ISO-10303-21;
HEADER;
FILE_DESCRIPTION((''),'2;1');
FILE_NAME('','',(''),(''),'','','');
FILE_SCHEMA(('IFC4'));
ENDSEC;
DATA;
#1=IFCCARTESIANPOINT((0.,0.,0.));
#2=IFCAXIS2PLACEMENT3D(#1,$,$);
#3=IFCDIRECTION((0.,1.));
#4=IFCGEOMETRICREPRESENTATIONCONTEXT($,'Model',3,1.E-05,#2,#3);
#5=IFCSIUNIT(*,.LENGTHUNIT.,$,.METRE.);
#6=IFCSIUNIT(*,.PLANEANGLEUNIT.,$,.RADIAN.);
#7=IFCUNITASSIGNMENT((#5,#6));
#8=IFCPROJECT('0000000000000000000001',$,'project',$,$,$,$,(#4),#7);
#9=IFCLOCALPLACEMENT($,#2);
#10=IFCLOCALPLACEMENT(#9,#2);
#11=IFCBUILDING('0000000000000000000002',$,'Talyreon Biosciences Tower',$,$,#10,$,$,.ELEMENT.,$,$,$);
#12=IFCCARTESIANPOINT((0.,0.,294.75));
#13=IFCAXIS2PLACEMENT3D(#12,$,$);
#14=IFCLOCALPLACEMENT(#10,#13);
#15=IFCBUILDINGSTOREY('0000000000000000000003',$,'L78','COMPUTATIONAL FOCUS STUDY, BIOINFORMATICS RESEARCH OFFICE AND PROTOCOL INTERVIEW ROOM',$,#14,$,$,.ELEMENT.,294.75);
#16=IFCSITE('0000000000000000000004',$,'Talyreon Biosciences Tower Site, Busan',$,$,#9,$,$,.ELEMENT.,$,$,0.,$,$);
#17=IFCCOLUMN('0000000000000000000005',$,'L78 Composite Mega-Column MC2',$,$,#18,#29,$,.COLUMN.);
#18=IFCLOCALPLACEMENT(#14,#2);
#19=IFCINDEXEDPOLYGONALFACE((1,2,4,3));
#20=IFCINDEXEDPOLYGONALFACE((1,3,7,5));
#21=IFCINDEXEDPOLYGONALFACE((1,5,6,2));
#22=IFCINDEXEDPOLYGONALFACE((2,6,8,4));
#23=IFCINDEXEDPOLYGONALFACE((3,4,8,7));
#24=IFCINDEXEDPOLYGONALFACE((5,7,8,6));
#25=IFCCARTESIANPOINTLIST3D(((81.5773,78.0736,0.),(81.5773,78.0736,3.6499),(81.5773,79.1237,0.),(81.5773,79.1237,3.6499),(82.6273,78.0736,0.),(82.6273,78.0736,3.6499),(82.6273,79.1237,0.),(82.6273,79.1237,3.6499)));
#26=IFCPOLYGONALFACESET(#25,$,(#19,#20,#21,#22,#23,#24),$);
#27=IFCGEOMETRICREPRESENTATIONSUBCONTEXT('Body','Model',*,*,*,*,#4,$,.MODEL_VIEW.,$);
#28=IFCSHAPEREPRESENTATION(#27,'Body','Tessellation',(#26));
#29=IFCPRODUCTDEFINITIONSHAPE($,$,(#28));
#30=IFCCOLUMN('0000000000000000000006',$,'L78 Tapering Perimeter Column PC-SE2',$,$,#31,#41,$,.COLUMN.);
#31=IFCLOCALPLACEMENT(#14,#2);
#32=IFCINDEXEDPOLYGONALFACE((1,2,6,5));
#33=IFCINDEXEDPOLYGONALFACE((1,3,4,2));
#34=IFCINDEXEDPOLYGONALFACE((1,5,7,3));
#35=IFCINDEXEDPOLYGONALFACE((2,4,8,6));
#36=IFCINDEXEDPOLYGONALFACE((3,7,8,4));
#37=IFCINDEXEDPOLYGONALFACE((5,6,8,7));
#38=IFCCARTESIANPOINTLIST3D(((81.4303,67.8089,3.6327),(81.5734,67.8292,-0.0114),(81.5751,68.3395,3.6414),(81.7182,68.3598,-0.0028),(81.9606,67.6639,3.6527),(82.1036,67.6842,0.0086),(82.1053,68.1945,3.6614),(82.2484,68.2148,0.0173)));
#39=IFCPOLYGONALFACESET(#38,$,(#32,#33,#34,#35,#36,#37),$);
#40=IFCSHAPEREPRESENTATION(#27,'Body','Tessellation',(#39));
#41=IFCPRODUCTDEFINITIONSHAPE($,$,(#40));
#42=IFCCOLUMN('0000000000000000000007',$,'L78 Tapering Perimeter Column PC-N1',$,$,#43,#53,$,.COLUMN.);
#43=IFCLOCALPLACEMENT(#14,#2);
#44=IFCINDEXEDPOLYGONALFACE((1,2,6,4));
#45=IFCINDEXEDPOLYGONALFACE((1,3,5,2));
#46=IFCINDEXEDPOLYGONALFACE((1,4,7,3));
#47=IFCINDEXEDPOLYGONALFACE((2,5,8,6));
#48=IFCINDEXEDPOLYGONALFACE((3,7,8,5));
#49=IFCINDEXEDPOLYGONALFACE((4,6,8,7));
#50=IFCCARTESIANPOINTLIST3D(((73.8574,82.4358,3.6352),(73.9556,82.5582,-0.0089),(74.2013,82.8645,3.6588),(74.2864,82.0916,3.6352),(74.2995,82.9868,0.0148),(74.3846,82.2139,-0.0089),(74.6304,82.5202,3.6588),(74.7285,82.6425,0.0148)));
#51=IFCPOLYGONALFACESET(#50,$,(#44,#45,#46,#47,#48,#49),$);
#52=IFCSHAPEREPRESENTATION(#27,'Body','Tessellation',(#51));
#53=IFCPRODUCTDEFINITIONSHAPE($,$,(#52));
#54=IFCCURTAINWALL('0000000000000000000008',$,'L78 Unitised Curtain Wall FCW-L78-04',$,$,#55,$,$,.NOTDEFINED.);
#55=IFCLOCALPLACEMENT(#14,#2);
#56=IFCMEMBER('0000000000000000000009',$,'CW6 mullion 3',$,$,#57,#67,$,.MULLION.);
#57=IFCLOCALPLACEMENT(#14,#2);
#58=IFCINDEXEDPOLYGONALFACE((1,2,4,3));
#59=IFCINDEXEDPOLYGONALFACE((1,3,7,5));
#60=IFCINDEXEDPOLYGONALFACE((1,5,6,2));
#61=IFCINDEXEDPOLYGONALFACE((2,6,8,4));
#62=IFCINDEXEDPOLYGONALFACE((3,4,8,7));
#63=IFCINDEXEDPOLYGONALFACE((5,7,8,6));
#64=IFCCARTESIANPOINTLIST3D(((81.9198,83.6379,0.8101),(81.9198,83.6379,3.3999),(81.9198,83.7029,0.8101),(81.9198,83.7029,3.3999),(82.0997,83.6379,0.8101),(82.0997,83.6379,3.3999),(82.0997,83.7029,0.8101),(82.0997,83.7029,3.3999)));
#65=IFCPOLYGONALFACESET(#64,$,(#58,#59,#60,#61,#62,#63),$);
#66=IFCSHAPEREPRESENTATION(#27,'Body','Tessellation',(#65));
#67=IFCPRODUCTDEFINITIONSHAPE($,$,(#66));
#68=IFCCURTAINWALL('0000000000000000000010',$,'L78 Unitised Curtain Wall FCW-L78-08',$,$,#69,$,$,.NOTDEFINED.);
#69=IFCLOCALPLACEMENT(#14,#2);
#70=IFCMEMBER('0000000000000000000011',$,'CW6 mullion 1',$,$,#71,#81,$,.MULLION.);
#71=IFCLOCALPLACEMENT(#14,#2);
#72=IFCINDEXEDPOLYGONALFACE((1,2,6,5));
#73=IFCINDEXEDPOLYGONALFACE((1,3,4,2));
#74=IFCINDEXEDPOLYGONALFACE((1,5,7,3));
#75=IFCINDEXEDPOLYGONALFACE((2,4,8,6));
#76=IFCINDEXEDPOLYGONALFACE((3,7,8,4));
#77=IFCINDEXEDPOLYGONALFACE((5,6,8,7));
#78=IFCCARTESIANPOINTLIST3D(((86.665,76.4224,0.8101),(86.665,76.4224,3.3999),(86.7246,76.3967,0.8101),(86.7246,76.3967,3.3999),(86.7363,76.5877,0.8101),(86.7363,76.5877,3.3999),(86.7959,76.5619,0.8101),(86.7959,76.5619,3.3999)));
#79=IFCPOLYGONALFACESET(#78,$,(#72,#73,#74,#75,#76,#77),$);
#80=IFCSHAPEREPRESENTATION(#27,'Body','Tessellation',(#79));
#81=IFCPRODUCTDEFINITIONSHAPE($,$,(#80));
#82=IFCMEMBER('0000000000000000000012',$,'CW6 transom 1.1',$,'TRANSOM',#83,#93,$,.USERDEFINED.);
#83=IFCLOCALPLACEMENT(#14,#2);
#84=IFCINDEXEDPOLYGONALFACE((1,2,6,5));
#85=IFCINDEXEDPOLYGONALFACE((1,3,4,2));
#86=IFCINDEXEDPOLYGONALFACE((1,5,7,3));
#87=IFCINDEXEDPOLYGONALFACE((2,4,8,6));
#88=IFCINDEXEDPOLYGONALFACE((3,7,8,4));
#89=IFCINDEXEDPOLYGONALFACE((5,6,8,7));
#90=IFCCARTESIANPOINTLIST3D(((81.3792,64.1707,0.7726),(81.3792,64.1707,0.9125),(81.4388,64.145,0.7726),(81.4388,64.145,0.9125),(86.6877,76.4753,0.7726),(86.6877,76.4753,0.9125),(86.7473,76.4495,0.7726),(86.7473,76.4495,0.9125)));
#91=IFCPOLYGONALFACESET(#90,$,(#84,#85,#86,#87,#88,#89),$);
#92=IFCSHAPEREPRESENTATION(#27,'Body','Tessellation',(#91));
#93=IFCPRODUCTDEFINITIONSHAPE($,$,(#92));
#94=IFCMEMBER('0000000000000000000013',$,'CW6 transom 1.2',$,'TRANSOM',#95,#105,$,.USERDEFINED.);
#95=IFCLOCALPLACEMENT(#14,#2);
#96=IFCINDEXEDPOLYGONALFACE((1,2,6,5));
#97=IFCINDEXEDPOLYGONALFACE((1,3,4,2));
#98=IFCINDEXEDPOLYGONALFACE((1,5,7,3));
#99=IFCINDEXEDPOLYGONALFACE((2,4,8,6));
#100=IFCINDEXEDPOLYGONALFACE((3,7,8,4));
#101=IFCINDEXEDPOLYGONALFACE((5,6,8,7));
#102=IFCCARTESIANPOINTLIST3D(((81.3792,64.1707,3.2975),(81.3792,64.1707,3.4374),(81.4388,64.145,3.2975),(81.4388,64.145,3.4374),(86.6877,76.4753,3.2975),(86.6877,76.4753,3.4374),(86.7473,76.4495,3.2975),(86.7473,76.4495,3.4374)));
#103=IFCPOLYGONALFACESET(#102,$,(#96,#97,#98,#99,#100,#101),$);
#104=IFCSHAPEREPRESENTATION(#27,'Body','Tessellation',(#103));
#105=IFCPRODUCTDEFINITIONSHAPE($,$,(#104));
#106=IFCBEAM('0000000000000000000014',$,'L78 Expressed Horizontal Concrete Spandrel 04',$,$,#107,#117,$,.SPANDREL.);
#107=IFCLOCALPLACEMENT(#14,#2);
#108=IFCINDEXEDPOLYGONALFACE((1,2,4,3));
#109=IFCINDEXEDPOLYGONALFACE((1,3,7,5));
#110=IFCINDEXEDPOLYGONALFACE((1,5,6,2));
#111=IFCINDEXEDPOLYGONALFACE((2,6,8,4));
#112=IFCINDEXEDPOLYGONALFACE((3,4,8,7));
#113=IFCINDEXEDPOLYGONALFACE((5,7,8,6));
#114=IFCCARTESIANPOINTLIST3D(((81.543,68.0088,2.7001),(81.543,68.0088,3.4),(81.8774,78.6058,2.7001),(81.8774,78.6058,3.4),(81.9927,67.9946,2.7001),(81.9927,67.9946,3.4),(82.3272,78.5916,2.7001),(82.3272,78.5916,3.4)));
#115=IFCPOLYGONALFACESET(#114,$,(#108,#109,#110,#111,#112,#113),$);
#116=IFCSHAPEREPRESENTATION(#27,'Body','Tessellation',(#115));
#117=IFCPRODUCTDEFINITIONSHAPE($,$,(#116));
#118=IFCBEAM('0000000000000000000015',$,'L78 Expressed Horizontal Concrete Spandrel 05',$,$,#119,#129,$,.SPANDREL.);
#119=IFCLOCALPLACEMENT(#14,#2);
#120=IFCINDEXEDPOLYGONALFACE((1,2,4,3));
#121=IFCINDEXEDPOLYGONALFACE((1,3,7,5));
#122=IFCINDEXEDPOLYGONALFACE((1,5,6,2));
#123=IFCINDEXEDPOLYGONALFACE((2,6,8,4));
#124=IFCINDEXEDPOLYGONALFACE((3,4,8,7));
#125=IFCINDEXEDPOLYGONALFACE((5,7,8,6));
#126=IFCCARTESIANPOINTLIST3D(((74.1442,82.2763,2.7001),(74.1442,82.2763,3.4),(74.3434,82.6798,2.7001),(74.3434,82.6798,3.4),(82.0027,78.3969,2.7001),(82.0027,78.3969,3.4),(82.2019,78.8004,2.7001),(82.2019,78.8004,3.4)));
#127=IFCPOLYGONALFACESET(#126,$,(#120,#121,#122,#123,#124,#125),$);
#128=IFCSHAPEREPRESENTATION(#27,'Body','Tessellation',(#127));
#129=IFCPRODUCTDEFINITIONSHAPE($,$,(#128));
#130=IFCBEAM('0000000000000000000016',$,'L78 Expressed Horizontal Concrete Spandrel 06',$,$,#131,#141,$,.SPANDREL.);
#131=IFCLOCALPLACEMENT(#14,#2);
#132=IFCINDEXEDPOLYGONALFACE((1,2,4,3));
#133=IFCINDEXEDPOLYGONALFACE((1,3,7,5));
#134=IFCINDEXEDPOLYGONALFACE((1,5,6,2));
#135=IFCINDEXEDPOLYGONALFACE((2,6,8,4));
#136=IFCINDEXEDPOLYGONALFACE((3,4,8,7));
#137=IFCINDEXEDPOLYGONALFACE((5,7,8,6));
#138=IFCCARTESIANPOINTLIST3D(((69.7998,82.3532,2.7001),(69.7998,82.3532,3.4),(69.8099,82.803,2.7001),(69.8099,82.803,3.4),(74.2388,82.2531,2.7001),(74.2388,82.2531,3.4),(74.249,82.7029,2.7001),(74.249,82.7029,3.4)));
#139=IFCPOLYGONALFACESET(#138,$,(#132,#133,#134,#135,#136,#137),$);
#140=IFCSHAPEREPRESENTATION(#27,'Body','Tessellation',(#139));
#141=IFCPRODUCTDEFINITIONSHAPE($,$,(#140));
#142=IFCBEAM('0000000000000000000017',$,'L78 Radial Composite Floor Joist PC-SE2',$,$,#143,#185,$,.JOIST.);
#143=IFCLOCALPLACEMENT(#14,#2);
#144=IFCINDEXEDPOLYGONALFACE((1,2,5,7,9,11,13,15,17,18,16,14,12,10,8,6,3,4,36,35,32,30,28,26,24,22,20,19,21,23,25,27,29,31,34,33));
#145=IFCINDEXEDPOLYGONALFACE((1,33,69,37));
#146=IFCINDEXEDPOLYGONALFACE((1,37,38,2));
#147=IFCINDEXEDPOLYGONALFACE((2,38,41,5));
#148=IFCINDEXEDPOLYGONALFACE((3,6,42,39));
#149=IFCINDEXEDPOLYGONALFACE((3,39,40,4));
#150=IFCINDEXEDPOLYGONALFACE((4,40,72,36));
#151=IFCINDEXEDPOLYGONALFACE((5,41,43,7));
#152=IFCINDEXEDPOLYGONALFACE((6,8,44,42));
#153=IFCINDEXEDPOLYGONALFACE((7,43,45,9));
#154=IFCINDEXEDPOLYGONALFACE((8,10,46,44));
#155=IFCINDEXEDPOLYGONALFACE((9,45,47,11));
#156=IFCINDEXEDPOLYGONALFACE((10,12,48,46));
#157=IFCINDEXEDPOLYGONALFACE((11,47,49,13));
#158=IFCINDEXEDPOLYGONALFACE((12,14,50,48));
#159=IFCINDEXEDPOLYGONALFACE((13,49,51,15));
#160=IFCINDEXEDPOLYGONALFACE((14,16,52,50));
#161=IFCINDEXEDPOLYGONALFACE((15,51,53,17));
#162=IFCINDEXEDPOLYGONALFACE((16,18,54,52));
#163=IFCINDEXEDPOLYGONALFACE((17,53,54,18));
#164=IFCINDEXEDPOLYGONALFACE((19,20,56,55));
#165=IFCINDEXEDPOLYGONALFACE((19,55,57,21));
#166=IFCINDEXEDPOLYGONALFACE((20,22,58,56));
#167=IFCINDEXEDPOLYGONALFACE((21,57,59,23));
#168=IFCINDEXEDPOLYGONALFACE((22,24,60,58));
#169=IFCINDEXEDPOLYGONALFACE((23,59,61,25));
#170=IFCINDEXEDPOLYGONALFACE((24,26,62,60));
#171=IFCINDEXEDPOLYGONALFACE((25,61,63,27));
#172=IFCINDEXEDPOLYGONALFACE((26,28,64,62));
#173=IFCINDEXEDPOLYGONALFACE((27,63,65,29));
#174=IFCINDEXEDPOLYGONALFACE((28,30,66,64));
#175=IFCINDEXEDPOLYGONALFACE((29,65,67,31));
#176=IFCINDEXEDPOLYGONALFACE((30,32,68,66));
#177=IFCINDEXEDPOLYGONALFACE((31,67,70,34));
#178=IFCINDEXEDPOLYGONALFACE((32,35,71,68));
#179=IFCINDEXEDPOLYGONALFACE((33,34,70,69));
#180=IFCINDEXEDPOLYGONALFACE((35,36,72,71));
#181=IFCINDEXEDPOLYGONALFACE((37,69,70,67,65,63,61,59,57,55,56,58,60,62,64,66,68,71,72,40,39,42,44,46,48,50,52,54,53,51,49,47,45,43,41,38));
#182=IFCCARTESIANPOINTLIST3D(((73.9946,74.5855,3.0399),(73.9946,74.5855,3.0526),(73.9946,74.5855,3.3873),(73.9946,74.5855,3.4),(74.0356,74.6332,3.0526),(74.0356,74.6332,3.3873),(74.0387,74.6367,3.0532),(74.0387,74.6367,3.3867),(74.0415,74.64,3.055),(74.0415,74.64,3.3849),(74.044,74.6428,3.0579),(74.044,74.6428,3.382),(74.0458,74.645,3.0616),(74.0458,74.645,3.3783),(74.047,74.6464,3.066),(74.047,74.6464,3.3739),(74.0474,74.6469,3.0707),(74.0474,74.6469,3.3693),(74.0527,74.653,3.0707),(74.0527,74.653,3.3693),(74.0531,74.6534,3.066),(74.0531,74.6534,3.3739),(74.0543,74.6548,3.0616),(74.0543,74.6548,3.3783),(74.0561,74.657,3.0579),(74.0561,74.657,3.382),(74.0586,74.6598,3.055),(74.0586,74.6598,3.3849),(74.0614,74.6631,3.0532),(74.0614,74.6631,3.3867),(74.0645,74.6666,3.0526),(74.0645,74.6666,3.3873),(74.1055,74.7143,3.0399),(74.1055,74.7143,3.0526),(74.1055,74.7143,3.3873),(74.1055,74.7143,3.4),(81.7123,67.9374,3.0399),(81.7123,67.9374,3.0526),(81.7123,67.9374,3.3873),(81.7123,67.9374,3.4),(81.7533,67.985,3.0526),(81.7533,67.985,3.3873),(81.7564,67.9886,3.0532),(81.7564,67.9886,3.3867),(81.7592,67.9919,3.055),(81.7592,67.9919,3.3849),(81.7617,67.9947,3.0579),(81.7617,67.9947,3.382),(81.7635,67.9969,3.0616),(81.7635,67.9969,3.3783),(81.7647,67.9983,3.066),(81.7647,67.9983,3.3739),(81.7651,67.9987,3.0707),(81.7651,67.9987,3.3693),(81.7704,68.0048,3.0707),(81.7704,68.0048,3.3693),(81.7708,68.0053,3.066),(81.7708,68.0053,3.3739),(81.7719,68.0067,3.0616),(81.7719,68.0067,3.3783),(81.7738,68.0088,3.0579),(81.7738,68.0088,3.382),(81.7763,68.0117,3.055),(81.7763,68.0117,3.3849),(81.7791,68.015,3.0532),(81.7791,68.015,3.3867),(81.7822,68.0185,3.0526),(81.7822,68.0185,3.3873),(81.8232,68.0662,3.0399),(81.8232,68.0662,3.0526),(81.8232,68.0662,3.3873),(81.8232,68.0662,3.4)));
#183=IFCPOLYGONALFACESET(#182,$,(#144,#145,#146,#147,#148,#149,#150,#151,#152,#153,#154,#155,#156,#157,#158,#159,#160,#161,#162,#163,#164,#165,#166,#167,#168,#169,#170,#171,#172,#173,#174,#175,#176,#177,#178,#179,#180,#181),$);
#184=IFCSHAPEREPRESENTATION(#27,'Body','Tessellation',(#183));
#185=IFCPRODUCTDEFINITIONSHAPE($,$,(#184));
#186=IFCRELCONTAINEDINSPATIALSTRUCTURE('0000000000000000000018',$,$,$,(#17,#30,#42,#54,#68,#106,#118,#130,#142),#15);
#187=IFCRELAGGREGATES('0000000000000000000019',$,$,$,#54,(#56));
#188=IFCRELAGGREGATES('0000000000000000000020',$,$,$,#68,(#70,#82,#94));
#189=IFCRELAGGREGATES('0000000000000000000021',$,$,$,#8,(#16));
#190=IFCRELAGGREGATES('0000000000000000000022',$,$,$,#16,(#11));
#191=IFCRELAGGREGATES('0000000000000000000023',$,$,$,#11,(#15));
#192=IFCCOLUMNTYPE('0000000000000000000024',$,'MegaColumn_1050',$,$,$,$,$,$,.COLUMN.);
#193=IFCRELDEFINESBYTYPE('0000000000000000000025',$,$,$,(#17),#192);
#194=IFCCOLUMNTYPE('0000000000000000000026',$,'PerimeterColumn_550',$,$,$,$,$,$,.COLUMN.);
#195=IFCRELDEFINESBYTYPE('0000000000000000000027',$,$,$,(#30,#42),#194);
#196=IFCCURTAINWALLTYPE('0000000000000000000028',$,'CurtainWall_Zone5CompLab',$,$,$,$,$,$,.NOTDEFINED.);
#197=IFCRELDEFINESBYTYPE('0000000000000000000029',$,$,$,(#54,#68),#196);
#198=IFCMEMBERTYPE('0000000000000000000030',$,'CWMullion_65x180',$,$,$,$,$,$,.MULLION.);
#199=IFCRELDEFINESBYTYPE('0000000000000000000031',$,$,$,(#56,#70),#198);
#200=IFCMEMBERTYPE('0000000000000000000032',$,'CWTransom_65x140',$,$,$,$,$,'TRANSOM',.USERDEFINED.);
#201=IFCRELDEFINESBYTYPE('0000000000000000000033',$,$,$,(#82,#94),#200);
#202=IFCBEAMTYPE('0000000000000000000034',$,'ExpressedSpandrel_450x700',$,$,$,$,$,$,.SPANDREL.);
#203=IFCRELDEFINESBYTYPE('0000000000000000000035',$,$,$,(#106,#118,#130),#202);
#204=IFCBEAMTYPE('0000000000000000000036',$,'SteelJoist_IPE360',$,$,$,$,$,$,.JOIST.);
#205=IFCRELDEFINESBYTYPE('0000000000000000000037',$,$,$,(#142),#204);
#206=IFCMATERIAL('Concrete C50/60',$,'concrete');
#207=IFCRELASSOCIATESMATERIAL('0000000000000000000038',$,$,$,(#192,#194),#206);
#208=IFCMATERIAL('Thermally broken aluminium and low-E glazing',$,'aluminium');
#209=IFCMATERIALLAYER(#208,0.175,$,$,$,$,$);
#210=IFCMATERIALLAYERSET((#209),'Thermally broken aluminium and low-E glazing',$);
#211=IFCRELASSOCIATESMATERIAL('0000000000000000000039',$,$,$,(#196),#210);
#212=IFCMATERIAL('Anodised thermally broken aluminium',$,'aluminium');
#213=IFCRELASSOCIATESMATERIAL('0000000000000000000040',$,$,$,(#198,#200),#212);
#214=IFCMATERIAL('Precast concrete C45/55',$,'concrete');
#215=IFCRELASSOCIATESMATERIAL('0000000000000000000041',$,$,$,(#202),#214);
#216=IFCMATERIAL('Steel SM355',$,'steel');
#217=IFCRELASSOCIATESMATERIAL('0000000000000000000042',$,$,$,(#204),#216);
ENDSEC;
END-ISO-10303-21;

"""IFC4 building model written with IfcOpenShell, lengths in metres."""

from ifc_helpers import new_model, si_unit, direction, frame, origin, origin_2d, place, context, subcontext, project, spatial, rectangle, i_section, extrude, material, layer, layer_set, material_profile, profile_set, type_object, element, aggregate, save


model = new_model("IFC4")

# Units and contexts
model_context = context("Model", 3, precision=1e-05, world=origin(), true_north=direction((0.0, 1.0)))
body_context = subcontext(model_context, "Body", "Model", "MODEL_VIEW")
ifc_project = project(units=[si_unit("LENGTHUNIT", "METRE"), si_unit("PLANEANGLEUNIT", "RADIAN")], contexts=[model_context])

# Site, building, storey
site_placement = place(None, origin())
site = spatial("IfcSite", under=ifc_project, at=site_placement, Name="Talyreon Biosciences Tower Site, Busan", CompositionType="ELEMENT", RefElevation=0.0)
building_placement = place(site_placement, origin())
building = spatial("IfcBuilding", under=site, at=building_placement, Name="Talyreon Biosciences Tower", CompositionType="ELEMENT")
storey_placement = place(building_placement, frame((0.0, 0.0, 294.75)))
storey = spatial("IfcBuildingStorey", under=building, at=storey_placement, Name="L78", Description="COMPUTATIONAL FOCUS STUDY, BIOINFORMATICS RESEARCH OFFICE AND PROTOCOL INTERVIEW ROOM", CompositionType="ELEMENT", Elevation=294.75)

# Columns
ifc_material_1 = material(Name="Concrete C50/60", Category="concrete")
ifc_material_profile_1 = material_profile(ifc_material_1, rectangle(XDim=1.05, YDim=1.05, at=origin_2d()), Name="RC 1050x1050")
ifc_profile_set_1 = profile_set([ifc_material_profile_1], Name="Concrete C50/60")
column_type_1 = type_object("IfcColumnType", Name="MegaColumn_1050", PredefinedType="COLUMN", material=ifc_profile_set_1)
column_1_placement = place(storey_placement, frame((82.1023, 78.5986, 0.0), z_axis=(0.0, 0.0, 1.0), x_axis=(1.0, 0.0, 0.0)))
element("IfcColumn", 1, at=column_1_placement, inside=storey, type_object=column_type_1, Name="L78 Composite Mega-Column MC2", PredefinedType="COLUMN", context=body_context, shape_type="SweptSolid", body=[
    extrude(rectangle(XDim=1.05, YDim=1.05, at=origin_2d()), origin(), (0.0, 0.0, 1.0), 3.6499),
])
ifc_material_profile_2 = material_profile(ifc_material_1, rectangle(XDim=0.55, YDim=0.55, at=origin_2d()), Name="RC 550x550")
ifc_profile_set_2 = profile_set([ifc_material_profile_2], Name="Concrete C50/60")
column_type_2 = type_object("IfcColumnType", Name="PerimeterColumn_550", PredefinedType="COLUMN", material=ifc_profile_set_2)
column_2_placement = place(storey_placement, frame((81.9109, 68.022, 0.0029), z_axis=(-0.03923, -0.005556, 0.999215), x_axis=(0.963952, -0.263576, 0.036379)))
element("IfcColumn", 2, at=column_2_placement, inside=storey, type_object=column_type_2, Name="L78 Tapering Perimeter Column PC-SE2", PredefinedType="COLUMN", context=body_context, shape_type="SweptSolid", body=[
    extrude(rectangle(XDim=0.55, YDim=0.55, at=origin_2d()), origin(), (0.0, 0.0, 1.0), 3.647),
])
column_3_placement = place(storey_placement, frame((74.342, 82.6003, 0.0029), z_axis=(-0.026908, -0.033535, 0.999075), x_axis=(-0.779957, 0.625834, 0.0)))
element("IfcColumn", 3, at=column_3_placement, inside=storey, type_object=column_type_2, Name="L78 Tapering Perimeter Column PC-N1", PredefinedType="COLUMN", context=body_context, shape_type="SweptSolid", body=[
    extrude(rectangle(XDim=0.55, YDim=0.55, at=origin_2d()), origin(), (0.0, 0.0, 1.0), 3.6475),
])

# Curtain wall, member
ifc_material_2 = material(Name="Thermally broken aluminium and low-E glazing", Category="aluminium")
ifc_layer_1 = layer(ifc_material_2, 0.175)
ifc_layer_set_1 = layer_set([ifc_layer_1], Name="Thermally broken aluminium and low-E glazing")
curtain_wall_type = type_object("IfcCurtainWallType", Name="CurtainWall_Zone5CompLab", PredefinedType="NOTDEFINED", material=ifc_layer_set_1)
curtain_wall_1_placement = place(storey_placement, origin())
curtain_wall_1 = element("IfcCurtainWall", 4, at=curtain_wall_1_placement, inside=storey, type_object=curtain_wall_type, Name="L78 Unitised Curtain Wall FCW-L78-04", PredefinedType="NOTDEFINED")
ifc_material_3 = material(Name="Anodised thermally broken aluminium", Category="aluminium")
ifc_material_profile_3 = material_profile(ifc_material_3, rectangle(XDim=0.0649, YDim=0.1799, at=origin_2d()), Name="ALUM MULLION 65x180")
ifc_profile_set_3 = profile_set([ifc_material_profile_3], Name="Anodised thermally broken aluminium")
member_type_1 = type_object("IfcMemberType", Name="CWMullion_65x180", PredefinedType="MULLION", material=ifc_profile_set_3)
member_1_placement = place(storey_placement, frame((82.0098, 83.6704, 0.8101), z_axis=(0.0, 0.0, 1.0), x_axis=(0.0, 1.0, 0.0)))
member_1 = element("IfcMember", 5, at=member_1_placement, type_object=member_type_1, Name="CW6 mullion 3", PredefinedType="MULLION", context=body_context, shape_type="SweptSolid", body=[
    extrude(rectangle(XDim=0.0649, YDim=0.1799, at=origin_2d()), origin(), (0.0, 0.0, 1.0), 2.5898),
])
aggregate(curtain_wall_1, [member_1])

# Curtain wall, members
curtain_wall_2_placement = place(storey_placement, origin())
curtain_wall_2 = element("IfcCurtainWall", 6, at=curtain_wall_2_placement, inside=storey, type_object=curtain_wall_type, Name="L78 Unitised Curtain Wall FCW-L78-08", PredefinedType="NOTDEFINED")
member_2_placement = place(storey_placement, frame((86.7305, 76.4922, 0.8101), z_axis=(0.0, 0.0, 1.0), x_axis=(0.918187, -0.396147, 0.0)))
member_2 = element("IfcMember", 7, at=member_2_placement, type_object=member_type_1, Name="CW6 mullion 1", PredefinedType="MULLION", context=body_context, shape_type="SweptSolid", body=[
    extrude(rectangle(XDim=0.0649, YDim=0.1799, at=origin_2d()), origin(), (0.0, 0.0, 1.0), 2.5898),
])
ifc_material_profile_4 = material_profile(ifc_material_3, rectangle(XDim=0.0649, YDim=0.1399, at=origin_2d()), Name="ALUM TRANSOM 65x140")
ifc_profile_set_4 = profile_set([ifc_material_profile_4], Name="Anodised thermally broken aluminium")
member_type_2 = type_object("IfcMemberType", Name="CWTransom_65x140", ElementType="TRANSOM", PredefinedType="USERDEFINED", material=ifc_profile_set_4)
member_3_placement = place(storey_placement, frame((86.7175, 76.4624, 0.8425), z_axis=(-0.396134, -0.918193, 0.0), x_axis=(0.918193, -0.396134, 0.0)))
member_3 = element("IfcMember", 8, at=member_3_placement, type_object=member_type_2, Name="CW6 transom 1.1", ObjectType="TRANSOM", PredefinedType="USERDEFINED", context=body_context, shape_type="SweptSolid", body=[
    extrude(rectangle(XDim=0.0649, YDim=0.1399, at=origin_2d()), origin(), (0.0, 0.0, 1.0), 13.4009),
])
member_4_placement = place(storey_placement, frame((86.7175, 76.4624, 3.3674), z_axis=(-0.396134, -0.918193, 0.0), x_axis=(0.918193, -0.396134, 0.0)))
member_4 = element("IfcMember", 9, at=member_4_placement, type_object=member_type_2, Name="CW6 transom 1.2", ObjectType="TRANSOM", PredefinedType="USERDEFINED", context=body_context, shape_type="SweptSolid", body=[
    extrude(rectangle(XDim=0.0649, YDim=0.1399, at=origin_2d()), origin(), (0.0, 0.0, 1.0), 13.4009),
])

# Beams
ifc_material_4 = material(Name="Precast concrete C45/55", Category="concrete")
ifc_material_profile_5 = material_profile(ifc_material_4, rectangle(XDim=0.45, YDim=0.7, at=origin_2d()), Name="RCB 450x700")
ifc_profile_set_5 = profile_set([ifc_material_profile_5], Name="Precast concrete C45/55")
beam_type_1 = type_object("IfcBeamType", Name="ExpressedSpandrel_450x700", PredefinedType="SPANDREL", material=ifc_profile_set_5)
beam_1_placement = place(storey_placement, frame((81.7678, 68.0017, 3.05), z_axis=(0.031547, 0.999502, 0.0), x_axis=(-0.999502, 0.031547, 0.0)))
element("IfcBeam", 10, at=beam_1_placement, inside=storey, type_object=beam_type_1, Name="L78 Expressed Horizontal Concrete Spandrel 04", PredefinedType="SPANDREL", context=body_context, shape_type="SweptSolid", body=[
    extrude(rectangle(XDim=0.45, YDim=0.7, at=origin_2d()), origin(), (0.0, 0.0, 1.0), 10.6023),
])
beam_2_placement = place(storey_placement, frame((82.1023, 78.5986, 3.05), z_axis=(-0.896689, 0.442661, 0.0), x_axis=(-0.442661, -0.896689, 0.0)))
element("IfcBeam", 11, at=beam_2_placement, inside=storey, type_object=beam_type_1, Name="L78 Expressed Horizontal Concrete Spandrel 05", PredefinedType="SPANDREL", context=body_context, shape_type="SweptSolid", body=[
    extrude(rectangle(XDim=0.45, YDim=0.7, at=origin_2d()), origin(), (0.0, 0.0, 1.0), 8.7639),
])
beam_3_placement = place(storey_placement, frame((74.2439, 82.478, 3.05), z_axis=(-0.999746, 0.022544, 0.0), x_axis=(-0.022544, -0.999746, 0.0)))
element("IfcBeam", 12, at=beam_3_placement, inside=storey, type_object=beam_type_1, Name="L78 Expressed Horizontal Concrete Spandrel 06", PredefinedType="SPANDREL", context=body_context, shape_type="SweptSolid", body=[
    extrude(rectangle(XDim=0.45, YDim=0.7, at=origin_2d()), origin(), (0.0, 0.0, 1.0), 4.4402),
])
ifc_material_5 = material(Name="Steel SM355", Category="steel")
ifc_material_profile_6 = material_profile(ifc_material_5, i_section(OverallWidth=0.1699, OverallDepth=0.3601, WebThickness=0.0081, FlangeThickness=0.0127, FilletRadius=0.0181, at=origin_2d()), Name="IPE360")
ifc_profile_set_6 = profile_set([ifc_material_profile_6], Name="Steel SM355")
beam_type_2 = type_object("IfcBeamType", Name="SteelJoist_IPE360", PredefinedType="JOIST", material=ifc_profile_set_6)
beam_4_placement = place(storey_placement, frame((74.05, 74.6499, 3.22), z_axis=(0.757656, -0.652655, 0.0), x_axis=(0.652655, 0.757656, 0.0)))
element("IfcBeam", 13, at=beam_4_placement, inside=storey, type_object=beam_type_2, Name="L78 Radial Composite Floor Joist PC-SE2", PredefinedType="JOIST", context=body_context, shape_type="SweptSolid", body=[
    extrude(i_section(OverallWidth=0.1699, OverallDepth=0.3601, WebThickness=0.0081, FlangeThickness=0.0127, FilletRadius=0.0181, at=origin_2d()), origin(), (0.0, 0.0, 1.0), 10.1863),
])

aggregate(curtain_wall_2, [member_2, member_3, member_4])

save(model, "model.ifc")
